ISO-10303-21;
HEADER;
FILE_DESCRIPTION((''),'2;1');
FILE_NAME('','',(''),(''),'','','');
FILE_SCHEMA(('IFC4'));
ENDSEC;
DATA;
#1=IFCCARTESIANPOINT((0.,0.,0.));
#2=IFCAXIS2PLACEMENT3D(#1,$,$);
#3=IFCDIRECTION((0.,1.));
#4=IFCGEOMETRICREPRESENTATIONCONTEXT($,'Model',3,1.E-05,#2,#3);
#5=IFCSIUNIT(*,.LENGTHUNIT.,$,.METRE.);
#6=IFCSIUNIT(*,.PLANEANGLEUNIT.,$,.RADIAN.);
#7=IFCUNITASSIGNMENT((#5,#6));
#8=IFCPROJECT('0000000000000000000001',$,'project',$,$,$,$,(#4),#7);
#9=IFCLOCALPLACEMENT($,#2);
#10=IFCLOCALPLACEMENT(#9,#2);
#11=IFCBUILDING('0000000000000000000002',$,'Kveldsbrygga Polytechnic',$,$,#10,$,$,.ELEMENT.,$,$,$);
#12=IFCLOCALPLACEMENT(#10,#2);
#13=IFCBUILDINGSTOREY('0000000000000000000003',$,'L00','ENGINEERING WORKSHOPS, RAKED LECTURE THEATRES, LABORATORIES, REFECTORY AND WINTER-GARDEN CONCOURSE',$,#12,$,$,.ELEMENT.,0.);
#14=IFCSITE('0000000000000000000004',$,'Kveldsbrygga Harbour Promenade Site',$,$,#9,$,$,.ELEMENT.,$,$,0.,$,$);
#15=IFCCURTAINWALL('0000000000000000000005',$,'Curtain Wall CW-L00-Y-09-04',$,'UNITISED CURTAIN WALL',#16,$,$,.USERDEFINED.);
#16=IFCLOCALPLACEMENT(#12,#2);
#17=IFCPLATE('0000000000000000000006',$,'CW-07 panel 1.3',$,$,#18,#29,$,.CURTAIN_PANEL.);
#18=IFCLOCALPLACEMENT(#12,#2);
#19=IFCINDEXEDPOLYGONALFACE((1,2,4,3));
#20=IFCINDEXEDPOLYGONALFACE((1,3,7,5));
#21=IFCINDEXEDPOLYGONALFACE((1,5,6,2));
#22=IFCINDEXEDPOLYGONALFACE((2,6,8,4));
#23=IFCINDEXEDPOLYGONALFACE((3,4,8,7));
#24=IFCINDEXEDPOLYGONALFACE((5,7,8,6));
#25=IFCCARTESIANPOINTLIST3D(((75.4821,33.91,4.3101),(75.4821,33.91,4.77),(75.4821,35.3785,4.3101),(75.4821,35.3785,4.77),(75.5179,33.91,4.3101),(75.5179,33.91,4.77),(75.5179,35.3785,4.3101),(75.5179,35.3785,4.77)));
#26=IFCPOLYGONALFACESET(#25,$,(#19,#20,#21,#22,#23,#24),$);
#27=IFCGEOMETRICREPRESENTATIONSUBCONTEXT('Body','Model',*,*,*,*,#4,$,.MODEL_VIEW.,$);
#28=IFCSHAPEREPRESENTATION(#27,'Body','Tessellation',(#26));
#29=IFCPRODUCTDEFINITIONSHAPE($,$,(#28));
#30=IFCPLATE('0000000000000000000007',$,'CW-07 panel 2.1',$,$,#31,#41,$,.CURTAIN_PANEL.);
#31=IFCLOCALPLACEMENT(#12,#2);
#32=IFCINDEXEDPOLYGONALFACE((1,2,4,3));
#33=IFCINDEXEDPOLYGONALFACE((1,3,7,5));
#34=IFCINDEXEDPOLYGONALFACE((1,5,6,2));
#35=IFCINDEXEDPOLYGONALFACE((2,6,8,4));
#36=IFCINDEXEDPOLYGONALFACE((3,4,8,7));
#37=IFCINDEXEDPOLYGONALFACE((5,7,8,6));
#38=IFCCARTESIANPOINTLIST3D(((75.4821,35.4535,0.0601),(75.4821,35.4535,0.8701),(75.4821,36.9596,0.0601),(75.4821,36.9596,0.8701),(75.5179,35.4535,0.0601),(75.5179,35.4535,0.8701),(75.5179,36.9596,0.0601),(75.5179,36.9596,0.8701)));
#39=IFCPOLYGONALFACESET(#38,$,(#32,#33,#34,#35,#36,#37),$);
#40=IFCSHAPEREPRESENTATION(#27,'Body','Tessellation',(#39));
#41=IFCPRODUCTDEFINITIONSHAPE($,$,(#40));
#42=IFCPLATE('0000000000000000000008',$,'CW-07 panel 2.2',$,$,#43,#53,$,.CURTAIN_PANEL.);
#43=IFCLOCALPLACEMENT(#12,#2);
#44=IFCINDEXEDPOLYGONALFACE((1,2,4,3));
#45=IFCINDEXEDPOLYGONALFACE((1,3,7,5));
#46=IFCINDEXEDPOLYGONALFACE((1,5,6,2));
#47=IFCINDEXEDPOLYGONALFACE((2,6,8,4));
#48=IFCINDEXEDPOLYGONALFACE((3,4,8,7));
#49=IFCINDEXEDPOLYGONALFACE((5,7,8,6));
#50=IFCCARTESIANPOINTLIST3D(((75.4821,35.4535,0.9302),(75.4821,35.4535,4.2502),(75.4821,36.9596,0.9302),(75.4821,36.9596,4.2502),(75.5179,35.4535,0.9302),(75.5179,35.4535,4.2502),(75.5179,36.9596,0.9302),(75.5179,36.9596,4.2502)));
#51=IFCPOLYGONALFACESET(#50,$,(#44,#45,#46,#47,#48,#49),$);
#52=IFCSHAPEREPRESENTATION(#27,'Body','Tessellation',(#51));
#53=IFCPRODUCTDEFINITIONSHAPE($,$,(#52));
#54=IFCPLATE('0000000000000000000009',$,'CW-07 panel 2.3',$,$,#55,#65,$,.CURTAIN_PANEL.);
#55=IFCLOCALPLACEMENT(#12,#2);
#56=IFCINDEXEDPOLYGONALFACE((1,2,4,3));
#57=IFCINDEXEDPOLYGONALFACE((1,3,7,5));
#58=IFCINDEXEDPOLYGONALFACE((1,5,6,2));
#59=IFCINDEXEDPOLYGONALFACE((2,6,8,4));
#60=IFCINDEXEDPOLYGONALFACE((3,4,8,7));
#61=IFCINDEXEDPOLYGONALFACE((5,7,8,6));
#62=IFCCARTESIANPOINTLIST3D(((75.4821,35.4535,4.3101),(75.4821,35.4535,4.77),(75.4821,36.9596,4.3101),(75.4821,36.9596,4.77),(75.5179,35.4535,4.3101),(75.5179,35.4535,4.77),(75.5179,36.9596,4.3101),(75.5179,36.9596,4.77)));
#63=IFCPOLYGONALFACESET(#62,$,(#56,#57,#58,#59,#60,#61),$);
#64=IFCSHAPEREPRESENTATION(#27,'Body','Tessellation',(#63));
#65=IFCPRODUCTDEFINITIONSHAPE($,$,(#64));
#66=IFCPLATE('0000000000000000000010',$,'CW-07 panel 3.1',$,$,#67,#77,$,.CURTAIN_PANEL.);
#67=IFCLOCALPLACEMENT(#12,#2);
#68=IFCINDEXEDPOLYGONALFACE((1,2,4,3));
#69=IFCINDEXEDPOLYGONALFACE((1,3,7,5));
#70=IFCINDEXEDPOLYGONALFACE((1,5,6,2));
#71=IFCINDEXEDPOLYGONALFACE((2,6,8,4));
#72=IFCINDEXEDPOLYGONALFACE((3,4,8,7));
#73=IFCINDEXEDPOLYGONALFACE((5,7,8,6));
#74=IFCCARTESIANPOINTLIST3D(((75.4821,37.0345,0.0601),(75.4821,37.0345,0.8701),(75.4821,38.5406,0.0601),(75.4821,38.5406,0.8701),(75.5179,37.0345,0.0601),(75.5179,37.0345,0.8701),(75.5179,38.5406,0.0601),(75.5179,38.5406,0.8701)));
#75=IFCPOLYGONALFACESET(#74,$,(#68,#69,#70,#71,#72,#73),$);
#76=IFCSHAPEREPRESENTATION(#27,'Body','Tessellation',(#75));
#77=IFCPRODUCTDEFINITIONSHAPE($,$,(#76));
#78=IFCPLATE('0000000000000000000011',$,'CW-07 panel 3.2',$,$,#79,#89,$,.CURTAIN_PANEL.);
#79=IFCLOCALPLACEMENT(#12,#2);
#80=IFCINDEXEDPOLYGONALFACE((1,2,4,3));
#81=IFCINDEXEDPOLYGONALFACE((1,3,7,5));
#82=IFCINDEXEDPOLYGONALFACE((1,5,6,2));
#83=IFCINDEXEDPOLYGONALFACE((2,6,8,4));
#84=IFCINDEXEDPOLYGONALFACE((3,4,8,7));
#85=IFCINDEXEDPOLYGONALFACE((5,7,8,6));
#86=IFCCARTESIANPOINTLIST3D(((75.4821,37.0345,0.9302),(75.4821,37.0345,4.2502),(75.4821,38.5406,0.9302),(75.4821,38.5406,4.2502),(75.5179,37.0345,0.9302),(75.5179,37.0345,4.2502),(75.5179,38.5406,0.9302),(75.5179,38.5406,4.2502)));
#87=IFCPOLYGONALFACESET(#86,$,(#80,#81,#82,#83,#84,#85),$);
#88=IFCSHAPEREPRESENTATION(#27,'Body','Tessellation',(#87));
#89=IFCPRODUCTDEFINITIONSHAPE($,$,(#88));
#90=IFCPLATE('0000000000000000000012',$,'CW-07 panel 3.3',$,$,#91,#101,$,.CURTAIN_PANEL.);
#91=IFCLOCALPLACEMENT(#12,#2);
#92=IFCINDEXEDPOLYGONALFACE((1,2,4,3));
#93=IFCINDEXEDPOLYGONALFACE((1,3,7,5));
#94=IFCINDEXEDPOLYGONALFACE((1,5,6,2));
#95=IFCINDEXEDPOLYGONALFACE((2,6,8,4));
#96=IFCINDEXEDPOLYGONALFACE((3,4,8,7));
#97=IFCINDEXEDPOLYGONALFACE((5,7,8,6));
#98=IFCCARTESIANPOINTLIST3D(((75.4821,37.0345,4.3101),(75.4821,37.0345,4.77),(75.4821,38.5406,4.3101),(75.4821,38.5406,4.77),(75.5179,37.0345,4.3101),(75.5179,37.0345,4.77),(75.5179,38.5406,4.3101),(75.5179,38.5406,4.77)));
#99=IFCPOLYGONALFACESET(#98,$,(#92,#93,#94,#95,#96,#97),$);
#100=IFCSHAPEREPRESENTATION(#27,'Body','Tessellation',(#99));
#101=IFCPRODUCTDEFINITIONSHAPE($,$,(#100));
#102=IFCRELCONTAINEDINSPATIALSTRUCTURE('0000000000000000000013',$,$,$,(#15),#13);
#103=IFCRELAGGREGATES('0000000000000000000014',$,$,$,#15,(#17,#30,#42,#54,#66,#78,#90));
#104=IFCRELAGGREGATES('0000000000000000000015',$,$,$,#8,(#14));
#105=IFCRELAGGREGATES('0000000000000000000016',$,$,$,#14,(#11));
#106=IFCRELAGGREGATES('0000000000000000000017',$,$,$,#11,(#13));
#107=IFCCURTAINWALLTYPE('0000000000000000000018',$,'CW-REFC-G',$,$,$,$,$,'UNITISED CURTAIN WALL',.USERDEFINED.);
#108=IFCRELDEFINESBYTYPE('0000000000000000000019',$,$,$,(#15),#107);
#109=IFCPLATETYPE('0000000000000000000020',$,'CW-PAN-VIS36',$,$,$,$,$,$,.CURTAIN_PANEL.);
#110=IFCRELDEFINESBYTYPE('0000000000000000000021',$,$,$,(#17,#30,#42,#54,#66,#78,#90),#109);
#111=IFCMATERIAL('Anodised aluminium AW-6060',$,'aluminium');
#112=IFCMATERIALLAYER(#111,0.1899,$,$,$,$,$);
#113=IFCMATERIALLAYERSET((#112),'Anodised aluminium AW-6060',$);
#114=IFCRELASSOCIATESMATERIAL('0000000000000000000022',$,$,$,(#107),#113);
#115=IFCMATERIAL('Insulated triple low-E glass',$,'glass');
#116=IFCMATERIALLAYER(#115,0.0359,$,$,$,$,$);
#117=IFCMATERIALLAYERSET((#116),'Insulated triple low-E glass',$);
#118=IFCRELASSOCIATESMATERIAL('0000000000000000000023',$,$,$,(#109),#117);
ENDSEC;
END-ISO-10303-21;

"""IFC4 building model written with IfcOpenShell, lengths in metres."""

from ifc_helpers import new_model, si_unit, direction, frame, origin, origin_2d, place, context, subcontext, project, spatial, rectangle, extrude, material, layer, layer_set, type_object, element, aggregate, save


model = new_model("IFC4")

# Units and contexts
model_context = context("Model", 3, precision=1e-05, world=origin(), true_north=direction((0.0, 1.0)))
body_context = subcontext(model_context, "Body", "Model", "MODEL_VIEW")
ifc_project = project(units=[si_unit("LENGTHUNIT", "METRE"), si_unit("PLANEANGLEUNIT", "RADIAN")], contexts=[model_context])

# Site, building, storey
site_placement = place(None, origin())
site = spatial("IfcSite", under=ifc_project, at=site_placement, Name="Kveldsbrygga Harbour Promenade Site", CompositionType="ELEMENT", RefElevation=0.0)
building_placement = place(site_placement, origin())
building = spatial("IfcBuilding", under=site, at=building_placement, Name="Kveldsbrygga Polytechnic", CompositionType="ELEMENT")
storey_placement = place(building_placement, origin())
storey = spatial("IfcBuildingStorey", under=building, at=storey_placement, Name="L00", Description="ENGINEERING WORKSHOPS, RAKED LECTURE THEATRES, LABORATORIES, REFECTORY AND WINTER-GARDEN CONCOURSE", CompositionType="ELEMENT", Elevation=0.0)

# Curtain wall
ifc_material_1 = material(Name="Anodised aluminium AW-6060", Category="aluminium")
ifc_layer_1 = layer(ifc_material_1, 0.1899)
ifc_layer_set_1 = layer_set([ifc_layer_1], Name="Anodised aluminium AW-6060")
curtain_wall_type = type_object("IfcCurtainWallType", Name="CW-REFC-G", ElementType="UNITISED CURTAIN WALL", PredefinedType="USERDEFINED", material=ifc_layer_set_1)
curtain_wall_placement = place(storey_placement, origin())
curtain_wall = element("IfcCurtainWall", 1, at=curtain_wall_placement, inside=storey, type_object=curtain_wall_type, Name="Curtain Wall CW-L00-Y-09-04", ObjectType="UNITISED CURTAIN WALL", PredefinedType="USERDEFINED")

# Plates
ifc_material_2 = material(Name="Insulated triple low-E glass", Category="glass")
ifc_layer_2 = layer(ifc_material_2, 0.0359)
ifc_layer_set_2 = layer_set([ifc_layer_2], Name="Insulated triple low-E glass")
plate_type_1 = type_object("IfcPlateType", Name="CW-PAN-VIS36", PredefinedType="CURTAIN_PANEL", material=ifc_layer_set_2)
plate_1_placement = place(storey_placement, frame((75.5, 34.6443, 4.3101), z_axis=(0.0, 0.0, 1.0), x_axis=(0.0, 1.0, 0.0)))
plate_1 = element("IfcPlate", 2, at=plate_1_placement, type_object=plate_type_1, Name="CW-07 panel 1.3", PredefinedType="CURTAIN_PANEL", context=body_context, shape_type="SweptSolid", body=[
    extrude(rectangle(XDim=1.4685, YDim=0.0359, at=origin_2d()), origin(), (0.0, 0.0, 1.0), 0.46),
])
plate_2_placement = place(storey_placement, frame((75.5, 36.2065, 0.0601), z_axis=(0.0, 0.0, 1.0), x_axis=(0.0, 1.0, 0.0)))
plate_2 = element("IfcPlate", 3, at=plate_2_placement, type_object=plate_type_1, Name="CW-07 panel 2.1", PredefinedType="CURTAIN_PANEL", context=body_context, shape_type="SweptSolid", body=[
    extrude(rectangle(XDim=1.5061, YDim=0.0359, at=origin_2d()), origin(), (0.0, 0.0, 1.0), 0.8101),
])
plate_3_placement = place(storey_placement, frame((75.5, 36.2065, 0.9302), z_axis=(0.0, 0.0, 1.0), x_axis=(0.0, 1.0, 0.0)))
plate_3 = element("IfcPlate", 4, at=plate_3_placement, type_object=plate_type_1, Name="CW-07 panel 2.2", PredefinedType="CURTAIN_PANEL", context=body_context, shape_type="SweptSolid", body=[
    extrude(rectangle(XDim=1.5061, YDim=0.0359, at=origin_2d()), origin(), (0.0, 0.0, 1.0), 3.3201),
])
plate_4_placement = place(storey_placement, frame((75.5, 36.2065, 4.3101), z_axis=(0.0, 0.0, 1.0), x_axis=(0.0, 1.0, 0.0)))
plate_4 = element("IfcPlate", 5, at=plate_4_placement, type_object=plate_type_1, Name="CW-07 panel 2.3", PredefinedType="CURTAIN_PANEL", context=body_context, shape_type="SweptSolid", body=[
    extrude(rectangle(XDim=1.5061, YDim=0.0359, at=origin_2d()), origin(), (0.0, 0.0, 1.0), 0.46),
])
plate_5_placement = place(storey_placement, frame((75.5, 37.7876, 0.0601), z_axis=(0.0, 0.0, 1.0), x_axis=(0.0, 1.0, 0.0)))
plate_5 = element("IfcPlate", 6, at=plate_5_placement, type_object=plate_type_1, Name="CW-07 panel 3.1", PredefinedType="CURTAIN_PANEL", context=body_context, shape_type="SweptSolid", body=[
    extrude(rectangle(XDim=1.5061, YDim=0.0359, at=origin_2d()), origin(), (0.0, 0.0, 1.0), 0.8101),
])
plate_6_placement = place(storey_placement, frame((75.5, 37.7876, 0.9302), z_axis=(0.0, 0.0, 1.0), x_axis=(0.0, 1.0, 0.0)))
plate_6 = element("IfcPlate", 7, at=plate_6_placement, type_object=plate_type_1, Name="CW-07 panel 3.2", PredefinedType="CURTAIN_PANEL", context=body_context, shape_type="SweptSolid", body=[
    extrude(rectangle(XDim=1.5061, YDim=0.0359, at=origin_2d()), origin(), (0.0, 0.0, 1.0), 3.3201),
])
plate_7_placement = place(storey_placement, frame((75.5, 37.7876, 4.3101), z_axis=(0.0, 0.0, 1.0), x_axis=(0.0, 1.0, 0.0)))
plate_7 = element("IfcPlate", 8, at=plate_7_placement, type_object=plate_type_1, Name="CW-07 panel 3.3", PredefinedType="CURTAIN_PANEL", context=body_context, shape_type="SweptSolid", body=[
    extrude(rectangle(XDim=1.5061, YDim=0.0359, at=origin_2d()), origin(), (0.0, 0.0, 1.0), 0.46),
])
aggregate(curtain_wall, [plate_1, plate_2, plate_3, plate_4, plate_5, plate_6, plate_7])

save(model, "model.ifc")
